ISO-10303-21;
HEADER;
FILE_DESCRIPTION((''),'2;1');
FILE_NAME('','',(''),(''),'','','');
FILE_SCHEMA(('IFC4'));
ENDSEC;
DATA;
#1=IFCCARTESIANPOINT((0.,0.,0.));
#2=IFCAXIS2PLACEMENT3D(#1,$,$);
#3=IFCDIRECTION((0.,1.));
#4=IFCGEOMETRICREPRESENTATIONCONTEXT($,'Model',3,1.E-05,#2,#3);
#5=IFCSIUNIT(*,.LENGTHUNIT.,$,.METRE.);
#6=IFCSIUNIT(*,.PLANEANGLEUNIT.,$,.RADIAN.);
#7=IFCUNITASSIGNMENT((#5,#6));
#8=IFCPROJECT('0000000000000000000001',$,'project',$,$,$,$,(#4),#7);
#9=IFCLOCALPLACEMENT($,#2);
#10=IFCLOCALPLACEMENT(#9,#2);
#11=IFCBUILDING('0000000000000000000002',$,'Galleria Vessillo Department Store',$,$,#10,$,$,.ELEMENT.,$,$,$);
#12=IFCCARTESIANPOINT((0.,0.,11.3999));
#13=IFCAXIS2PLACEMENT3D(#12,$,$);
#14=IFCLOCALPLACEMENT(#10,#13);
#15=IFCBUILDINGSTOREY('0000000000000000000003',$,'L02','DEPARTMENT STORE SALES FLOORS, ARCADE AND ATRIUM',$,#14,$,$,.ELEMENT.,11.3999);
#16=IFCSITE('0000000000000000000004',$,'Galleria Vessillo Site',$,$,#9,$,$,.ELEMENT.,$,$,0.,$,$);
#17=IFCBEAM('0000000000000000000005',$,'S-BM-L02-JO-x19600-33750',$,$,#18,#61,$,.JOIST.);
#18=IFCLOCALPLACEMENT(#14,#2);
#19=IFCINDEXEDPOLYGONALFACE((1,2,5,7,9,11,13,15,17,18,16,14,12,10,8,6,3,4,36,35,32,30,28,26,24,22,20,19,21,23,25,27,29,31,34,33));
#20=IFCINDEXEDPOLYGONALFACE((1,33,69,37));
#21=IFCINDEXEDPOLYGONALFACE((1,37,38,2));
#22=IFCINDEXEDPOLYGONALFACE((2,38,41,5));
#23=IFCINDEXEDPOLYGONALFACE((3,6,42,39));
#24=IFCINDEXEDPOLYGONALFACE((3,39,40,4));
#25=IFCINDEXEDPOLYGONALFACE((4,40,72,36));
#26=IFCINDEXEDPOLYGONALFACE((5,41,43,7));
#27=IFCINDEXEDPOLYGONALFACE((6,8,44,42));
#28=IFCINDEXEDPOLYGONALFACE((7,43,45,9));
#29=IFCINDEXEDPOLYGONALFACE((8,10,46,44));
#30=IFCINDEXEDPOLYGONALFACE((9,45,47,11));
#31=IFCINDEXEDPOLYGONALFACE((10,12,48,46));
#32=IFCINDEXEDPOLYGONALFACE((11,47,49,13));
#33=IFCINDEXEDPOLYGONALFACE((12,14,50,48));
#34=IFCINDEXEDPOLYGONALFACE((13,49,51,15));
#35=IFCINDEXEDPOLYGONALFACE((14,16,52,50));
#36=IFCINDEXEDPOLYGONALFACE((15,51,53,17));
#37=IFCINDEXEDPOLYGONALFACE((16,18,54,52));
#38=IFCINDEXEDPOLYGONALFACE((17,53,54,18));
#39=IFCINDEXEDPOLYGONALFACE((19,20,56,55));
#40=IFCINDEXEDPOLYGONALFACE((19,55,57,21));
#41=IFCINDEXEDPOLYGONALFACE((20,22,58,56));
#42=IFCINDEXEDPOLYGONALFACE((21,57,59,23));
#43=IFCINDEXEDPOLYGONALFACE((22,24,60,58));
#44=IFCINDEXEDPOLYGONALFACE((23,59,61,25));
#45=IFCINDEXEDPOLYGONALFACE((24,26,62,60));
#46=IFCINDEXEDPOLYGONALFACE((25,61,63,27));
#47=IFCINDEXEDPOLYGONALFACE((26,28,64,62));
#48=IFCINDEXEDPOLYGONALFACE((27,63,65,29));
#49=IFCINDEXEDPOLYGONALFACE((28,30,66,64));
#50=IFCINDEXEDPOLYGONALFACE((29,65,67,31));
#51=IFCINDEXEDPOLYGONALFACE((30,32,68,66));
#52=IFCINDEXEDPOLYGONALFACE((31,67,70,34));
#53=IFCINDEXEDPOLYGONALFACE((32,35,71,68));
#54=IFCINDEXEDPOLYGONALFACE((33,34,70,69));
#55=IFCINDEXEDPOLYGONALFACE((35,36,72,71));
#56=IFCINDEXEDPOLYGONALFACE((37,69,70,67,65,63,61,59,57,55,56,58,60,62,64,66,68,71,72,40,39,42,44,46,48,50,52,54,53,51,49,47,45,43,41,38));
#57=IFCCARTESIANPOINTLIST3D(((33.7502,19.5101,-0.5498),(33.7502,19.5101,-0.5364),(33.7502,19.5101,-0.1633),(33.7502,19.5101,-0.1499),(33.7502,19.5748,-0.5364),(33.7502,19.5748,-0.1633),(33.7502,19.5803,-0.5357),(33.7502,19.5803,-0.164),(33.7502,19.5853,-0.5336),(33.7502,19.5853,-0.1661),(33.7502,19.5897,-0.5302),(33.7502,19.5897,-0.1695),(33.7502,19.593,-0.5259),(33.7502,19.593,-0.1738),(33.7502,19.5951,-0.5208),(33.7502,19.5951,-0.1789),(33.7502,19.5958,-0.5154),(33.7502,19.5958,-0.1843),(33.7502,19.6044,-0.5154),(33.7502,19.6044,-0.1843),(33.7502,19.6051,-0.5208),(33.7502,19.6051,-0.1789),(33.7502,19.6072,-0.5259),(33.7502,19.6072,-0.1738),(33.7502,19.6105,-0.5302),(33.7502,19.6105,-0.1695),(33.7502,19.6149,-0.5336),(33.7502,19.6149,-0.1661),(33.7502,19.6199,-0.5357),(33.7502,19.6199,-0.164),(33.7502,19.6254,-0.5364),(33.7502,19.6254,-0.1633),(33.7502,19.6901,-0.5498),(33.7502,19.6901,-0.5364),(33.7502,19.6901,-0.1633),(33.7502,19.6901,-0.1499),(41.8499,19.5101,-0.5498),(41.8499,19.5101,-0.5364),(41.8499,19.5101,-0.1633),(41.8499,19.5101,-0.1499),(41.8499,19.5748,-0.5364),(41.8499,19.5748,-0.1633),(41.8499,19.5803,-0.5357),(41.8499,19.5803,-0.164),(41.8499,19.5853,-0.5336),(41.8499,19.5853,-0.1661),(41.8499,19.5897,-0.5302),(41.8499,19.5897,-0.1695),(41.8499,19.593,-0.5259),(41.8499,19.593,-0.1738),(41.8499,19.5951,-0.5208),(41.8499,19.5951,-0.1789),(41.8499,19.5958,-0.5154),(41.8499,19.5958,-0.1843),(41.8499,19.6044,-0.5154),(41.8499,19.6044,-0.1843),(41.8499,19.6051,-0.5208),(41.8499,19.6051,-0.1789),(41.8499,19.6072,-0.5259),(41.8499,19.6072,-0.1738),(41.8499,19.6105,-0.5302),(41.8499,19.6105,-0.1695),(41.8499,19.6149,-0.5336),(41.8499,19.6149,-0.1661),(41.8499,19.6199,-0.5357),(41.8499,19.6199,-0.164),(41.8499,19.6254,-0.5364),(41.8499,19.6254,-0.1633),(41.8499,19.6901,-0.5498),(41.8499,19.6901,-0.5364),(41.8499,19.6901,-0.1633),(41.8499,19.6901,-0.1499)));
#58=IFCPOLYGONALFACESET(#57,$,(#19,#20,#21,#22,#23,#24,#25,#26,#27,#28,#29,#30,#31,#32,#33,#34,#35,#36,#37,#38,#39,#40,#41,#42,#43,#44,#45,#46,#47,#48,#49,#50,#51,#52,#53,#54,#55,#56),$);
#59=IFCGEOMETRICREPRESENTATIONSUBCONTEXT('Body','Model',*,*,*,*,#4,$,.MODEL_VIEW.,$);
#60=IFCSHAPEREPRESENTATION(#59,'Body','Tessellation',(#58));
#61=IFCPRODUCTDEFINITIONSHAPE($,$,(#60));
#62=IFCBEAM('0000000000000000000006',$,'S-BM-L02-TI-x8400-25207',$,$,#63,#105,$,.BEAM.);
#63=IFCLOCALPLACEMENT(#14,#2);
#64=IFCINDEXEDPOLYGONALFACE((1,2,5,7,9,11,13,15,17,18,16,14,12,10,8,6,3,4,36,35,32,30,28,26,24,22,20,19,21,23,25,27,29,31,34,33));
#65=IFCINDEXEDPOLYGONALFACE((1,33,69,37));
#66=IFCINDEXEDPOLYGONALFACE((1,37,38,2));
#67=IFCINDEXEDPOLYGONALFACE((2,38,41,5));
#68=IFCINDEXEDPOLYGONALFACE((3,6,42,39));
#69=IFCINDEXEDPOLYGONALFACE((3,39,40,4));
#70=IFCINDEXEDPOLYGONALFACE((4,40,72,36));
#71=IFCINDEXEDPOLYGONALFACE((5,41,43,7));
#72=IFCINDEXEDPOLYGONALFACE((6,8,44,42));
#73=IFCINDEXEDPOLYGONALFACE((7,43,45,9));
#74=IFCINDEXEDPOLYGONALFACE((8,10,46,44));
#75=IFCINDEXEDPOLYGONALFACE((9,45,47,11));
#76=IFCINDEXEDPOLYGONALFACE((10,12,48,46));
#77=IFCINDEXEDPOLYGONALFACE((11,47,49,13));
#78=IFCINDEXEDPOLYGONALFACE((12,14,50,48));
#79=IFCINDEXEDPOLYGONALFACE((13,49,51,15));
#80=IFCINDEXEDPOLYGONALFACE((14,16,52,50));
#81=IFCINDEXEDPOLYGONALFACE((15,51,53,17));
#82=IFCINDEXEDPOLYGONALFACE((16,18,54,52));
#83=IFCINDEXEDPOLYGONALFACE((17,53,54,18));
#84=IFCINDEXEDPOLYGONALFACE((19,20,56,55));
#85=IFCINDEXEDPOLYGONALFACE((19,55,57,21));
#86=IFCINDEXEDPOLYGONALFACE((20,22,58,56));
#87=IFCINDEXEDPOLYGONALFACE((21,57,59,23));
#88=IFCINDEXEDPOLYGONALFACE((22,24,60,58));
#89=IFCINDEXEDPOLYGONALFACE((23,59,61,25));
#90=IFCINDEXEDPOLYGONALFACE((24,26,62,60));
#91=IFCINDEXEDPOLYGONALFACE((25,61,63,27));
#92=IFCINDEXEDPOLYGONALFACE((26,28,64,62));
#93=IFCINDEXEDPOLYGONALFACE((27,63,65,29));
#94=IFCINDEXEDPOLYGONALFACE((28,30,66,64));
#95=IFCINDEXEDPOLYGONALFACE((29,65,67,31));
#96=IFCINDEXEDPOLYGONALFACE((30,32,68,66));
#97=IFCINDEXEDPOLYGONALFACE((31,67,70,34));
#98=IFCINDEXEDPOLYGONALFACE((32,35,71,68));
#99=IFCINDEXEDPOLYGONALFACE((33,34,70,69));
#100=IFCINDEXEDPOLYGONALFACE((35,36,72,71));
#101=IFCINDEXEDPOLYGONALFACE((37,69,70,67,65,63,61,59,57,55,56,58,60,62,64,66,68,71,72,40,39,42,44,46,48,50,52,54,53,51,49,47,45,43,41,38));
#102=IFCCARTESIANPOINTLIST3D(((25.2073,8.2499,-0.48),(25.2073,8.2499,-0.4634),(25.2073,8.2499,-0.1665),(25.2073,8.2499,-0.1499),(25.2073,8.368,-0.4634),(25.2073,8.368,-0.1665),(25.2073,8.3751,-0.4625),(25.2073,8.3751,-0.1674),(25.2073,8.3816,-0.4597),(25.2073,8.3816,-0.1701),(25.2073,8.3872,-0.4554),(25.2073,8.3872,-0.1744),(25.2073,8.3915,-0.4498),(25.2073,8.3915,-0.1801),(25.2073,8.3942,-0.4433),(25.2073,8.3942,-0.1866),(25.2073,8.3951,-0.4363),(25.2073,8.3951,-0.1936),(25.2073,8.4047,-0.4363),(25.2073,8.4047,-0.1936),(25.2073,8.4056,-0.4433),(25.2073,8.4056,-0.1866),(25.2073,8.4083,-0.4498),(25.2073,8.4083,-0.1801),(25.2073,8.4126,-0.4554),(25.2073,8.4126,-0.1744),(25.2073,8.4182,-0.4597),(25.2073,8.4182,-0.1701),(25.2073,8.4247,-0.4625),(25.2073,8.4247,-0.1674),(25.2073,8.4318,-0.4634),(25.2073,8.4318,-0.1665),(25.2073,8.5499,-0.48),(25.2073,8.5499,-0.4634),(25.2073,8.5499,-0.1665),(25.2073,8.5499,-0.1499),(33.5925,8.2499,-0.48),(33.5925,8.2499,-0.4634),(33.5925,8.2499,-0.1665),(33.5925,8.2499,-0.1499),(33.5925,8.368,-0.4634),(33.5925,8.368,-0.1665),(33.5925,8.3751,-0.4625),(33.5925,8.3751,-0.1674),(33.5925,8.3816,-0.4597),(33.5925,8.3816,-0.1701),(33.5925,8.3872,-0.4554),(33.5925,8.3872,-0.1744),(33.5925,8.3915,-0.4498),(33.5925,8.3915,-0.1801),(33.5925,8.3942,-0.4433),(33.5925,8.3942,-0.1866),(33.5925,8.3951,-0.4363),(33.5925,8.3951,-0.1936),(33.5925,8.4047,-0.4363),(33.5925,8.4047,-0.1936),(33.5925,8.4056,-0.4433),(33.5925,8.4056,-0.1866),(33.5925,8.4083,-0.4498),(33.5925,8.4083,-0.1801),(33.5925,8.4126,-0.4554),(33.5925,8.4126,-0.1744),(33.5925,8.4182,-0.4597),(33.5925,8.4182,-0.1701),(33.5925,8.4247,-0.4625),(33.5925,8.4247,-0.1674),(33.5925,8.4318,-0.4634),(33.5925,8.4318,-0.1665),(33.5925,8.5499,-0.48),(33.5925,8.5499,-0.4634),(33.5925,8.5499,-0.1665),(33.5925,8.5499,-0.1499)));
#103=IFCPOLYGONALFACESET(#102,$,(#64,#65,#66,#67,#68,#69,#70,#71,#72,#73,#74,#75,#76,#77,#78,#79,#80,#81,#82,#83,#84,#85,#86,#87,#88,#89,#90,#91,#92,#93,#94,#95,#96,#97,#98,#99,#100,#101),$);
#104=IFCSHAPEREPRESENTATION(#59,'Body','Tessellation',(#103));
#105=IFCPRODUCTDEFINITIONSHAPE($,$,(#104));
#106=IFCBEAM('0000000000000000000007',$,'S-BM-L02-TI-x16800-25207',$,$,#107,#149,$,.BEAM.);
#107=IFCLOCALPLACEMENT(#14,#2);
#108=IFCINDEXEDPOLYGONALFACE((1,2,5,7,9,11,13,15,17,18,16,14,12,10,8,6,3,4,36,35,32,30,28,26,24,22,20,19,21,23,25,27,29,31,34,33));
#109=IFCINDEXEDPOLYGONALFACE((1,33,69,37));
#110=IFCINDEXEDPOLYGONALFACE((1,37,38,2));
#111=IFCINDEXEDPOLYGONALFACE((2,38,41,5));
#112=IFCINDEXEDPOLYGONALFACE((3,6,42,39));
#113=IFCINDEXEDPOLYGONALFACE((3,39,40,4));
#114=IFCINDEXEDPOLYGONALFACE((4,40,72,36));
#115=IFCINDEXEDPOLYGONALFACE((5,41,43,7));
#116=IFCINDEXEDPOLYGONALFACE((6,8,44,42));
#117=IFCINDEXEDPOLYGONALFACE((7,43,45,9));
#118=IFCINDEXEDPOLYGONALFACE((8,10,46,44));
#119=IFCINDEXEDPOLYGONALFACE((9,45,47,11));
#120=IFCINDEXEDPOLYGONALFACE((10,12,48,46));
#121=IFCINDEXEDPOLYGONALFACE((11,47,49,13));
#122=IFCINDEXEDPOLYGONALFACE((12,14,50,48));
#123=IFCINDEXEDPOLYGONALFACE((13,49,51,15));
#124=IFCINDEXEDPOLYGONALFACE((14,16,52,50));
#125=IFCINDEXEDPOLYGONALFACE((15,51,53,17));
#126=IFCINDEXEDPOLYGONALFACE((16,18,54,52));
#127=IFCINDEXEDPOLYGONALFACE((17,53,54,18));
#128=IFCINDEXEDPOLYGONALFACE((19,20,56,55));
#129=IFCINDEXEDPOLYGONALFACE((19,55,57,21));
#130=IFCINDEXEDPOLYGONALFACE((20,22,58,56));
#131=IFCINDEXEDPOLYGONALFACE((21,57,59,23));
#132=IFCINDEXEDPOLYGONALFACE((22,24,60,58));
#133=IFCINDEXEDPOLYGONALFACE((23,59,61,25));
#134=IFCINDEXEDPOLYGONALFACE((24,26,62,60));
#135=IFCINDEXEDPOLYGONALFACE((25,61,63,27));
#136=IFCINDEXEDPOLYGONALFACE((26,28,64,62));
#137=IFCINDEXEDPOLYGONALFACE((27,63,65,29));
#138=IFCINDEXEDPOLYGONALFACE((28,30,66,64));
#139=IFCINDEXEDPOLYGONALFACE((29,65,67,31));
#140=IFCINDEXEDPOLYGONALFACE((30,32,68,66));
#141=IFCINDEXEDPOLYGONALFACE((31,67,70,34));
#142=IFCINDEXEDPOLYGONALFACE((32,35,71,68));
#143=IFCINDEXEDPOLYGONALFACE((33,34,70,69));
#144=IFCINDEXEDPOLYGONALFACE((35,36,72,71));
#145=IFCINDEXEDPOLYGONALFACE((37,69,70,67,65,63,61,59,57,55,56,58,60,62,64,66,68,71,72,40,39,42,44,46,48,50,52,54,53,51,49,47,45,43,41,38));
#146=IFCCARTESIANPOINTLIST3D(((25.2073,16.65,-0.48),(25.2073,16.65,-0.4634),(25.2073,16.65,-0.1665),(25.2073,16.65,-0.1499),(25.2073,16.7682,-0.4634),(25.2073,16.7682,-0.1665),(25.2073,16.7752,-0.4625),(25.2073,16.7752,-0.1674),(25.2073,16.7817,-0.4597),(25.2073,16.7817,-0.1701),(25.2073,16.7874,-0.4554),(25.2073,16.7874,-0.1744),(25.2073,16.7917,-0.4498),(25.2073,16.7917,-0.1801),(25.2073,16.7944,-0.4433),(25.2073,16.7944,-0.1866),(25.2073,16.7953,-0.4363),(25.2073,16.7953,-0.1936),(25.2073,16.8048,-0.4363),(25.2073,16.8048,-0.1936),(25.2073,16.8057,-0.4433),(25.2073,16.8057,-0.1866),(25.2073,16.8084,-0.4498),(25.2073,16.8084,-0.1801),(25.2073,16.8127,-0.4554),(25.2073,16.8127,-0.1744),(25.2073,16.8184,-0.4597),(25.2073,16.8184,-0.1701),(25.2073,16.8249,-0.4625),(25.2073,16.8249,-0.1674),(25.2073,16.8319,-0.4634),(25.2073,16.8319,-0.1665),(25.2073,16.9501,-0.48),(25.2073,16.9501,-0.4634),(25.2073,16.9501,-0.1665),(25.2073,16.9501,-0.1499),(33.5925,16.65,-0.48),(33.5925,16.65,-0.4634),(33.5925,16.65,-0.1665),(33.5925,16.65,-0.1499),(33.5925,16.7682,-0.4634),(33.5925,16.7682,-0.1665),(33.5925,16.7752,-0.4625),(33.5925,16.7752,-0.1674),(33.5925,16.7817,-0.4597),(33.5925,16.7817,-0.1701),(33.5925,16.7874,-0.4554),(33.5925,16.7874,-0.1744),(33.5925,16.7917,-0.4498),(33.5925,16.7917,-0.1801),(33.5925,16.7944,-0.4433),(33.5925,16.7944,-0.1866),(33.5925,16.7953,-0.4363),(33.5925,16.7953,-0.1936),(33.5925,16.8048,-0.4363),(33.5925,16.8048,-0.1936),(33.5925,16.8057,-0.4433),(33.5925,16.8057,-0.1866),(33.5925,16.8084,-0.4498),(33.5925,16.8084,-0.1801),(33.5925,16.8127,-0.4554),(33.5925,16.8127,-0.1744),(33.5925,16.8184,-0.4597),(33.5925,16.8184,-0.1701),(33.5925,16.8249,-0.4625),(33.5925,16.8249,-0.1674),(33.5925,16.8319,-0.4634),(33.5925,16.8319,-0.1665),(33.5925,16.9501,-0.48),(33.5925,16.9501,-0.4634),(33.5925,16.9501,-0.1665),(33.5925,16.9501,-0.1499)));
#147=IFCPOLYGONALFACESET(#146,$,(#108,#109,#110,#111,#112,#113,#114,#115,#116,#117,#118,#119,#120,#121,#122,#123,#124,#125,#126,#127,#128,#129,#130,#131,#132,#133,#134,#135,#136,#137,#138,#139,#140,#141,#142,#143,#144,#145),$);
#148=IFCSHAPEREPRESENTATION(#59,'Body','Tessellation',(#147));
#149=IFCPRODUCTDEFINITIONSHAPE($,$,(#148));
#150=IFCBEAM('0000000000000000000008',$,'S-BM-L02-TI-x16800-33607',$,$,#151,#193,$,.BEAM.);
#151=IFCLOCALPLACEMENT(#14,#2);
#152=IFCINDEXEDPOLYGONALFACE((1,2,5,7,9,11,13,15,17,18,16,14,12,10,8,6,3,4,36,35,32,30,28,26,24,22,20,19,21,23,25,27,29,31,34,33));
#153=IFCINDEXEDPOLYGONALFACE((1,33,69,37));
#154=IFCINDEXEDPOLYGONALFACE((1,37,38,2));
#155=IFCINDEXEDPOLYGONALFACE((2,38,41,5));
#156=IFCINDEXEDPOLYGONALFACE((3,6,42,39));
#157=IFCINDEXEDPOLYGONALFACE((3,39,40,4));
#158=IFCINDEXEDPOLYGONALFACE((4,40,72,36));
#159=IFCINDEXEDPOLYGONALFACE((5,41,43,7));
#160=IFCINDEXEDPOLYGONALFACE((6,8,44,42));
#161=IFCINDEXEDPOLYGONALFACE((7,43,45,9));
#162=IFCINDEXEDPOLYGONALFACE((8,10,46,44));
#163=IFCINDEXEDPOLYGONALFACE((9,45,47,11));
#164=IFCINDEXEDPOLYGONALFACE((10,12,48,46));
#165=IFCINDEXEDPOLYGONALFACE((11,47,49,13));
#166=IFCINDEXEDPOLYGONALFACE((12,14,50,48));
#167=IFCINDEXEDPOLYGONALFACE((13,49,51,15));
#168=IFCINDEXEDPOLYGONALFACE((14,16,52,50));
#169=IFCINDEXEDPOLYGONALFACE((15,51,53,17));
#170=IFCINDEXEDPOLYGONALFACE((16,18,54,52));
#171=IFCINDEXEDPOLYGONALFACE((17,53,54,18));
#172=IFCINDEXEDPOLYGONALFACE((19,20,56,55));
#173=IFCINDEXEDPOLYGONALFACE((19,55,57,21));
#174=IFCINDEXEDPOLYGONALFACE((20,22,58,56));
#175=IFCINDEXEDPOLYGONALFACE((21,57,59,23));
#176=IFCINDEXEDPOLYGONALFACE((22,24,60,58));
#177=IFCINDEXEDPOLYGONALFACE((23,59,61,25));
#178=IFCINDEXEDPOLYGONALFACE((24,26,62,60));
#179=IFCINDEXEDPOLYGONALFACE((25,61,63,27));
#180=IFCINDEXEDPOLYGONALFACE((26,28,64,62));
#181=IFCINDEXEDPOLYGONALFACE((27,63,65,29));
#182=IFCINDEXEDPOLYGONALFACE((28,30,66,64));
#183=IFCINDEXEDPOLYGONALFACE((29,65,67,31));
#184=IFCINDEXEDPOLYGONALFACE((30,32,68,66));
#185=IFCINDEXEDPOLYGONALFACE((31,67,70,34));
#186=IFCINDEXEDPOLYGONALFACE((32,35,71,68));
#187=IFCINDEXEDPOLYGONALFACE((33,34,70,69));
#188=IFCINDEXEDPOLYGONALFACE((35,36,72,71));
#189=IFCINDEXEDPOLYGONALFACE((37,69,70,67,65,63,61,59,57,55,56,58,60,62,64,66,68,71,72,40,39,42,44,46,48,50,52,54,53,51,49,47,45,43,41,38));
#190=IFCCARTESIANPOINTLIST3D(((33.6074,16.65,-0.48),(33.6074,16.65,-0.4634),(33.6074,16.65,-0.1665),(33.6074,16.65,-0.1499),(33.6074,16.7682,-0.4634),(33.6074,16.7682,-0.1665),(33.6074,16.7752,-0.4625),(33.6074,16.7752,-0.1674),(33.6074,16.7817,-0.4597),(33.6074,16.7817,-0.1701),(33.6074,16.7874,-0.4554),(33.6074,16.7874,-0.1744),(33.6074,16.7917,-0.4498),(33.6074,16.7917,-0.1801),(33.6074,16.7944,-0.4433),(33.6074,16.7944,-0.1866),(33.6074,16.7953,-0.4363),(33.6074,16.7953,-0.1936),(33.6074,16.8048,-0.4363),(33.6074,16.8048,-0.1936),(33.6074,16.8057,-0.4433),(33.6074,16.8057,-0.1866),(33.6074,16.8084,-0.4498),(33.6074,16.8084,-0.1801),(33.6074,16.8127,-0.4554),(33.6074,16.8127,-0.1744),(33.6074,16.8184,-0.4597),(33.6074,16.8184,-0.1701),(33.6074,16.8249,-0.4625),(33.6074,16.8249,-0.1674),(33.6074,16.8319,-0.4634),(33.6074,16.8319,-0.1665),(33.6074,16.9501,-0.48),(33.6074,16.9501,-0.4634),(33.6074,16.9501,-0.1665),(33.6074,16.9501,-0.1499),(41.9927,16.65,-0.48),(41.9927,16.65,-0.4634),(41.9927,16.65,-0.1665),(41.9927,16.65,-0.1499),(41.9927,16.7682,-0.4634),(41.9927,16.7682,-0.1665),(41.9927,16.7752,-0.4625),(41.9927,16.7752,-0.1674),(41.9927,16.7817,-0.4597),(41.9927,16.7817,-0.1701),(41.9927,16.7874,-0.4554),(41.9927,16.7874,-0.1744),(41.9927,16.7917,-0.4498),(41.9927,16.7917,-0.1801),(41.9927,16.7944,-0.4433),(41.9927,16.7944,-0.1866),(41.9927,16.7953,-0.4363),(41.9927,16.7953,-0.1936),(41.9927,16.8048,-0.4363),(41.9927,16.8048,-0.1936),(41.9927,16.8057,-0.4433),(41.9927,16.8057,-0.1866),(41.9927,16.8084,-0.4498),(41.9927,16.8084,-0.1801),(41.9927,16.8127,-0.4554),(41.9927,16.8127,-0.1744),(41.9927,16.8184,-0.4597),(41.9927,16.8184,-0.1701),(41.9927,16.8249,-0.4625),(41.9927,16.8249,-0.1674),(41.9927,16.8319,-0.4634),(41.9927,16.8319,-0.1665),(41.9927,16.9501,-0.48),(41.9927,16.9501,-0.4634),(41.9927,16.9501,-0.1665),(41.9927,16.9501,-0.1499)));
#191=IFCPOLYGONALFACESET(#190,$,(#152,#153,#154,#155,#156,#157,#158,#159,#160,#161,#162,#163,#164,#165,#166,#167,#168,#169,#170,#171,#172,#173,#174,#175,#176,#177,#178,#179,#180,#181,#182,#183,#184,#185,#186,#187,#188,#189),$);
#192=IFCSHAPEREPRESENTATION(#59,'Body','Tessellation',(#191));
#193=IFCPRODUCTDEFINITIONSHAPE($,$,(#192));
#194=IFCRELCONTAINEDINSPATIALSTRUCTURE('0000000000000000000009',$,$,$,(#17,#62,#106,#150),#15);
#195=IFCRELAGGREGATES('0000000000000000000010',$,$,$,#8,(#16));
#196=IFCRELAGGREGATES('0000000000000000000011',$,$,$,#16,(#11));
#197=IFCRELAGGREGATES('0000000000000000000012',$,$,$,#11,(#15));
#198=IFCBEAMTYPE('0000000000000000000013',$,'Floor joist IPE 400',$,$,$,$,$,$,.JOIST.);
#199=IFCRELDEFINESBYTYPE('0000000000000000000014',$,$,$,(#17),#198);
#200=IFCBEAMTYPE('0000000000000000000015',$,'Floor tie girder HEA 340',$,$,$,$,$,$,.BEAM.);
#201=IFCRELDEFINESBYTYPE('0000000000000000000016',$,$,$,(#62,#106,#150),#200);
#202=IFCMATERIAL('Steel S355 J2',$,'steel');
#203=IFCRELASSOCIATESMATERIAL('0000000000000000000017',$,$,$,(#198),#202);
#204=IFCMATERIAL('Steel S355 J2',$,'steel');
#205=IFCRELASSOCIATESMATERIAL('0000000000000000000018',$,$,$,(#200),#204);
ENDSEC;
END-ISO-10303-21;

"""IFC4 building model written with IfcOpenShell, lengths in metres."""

from ifc_helpers import new_model, si_unit, direction, frame, origin, origin_2d, place, context, subcontext, project, spatial, i_section, extrude, material, material_profile, profile_set, type_object, element, save


model = new_model("IFC4")

# Units and contexts
model_context = context("Model", 3, precision=1e-05, world=origin(), true_north=direction((0.0, 1.0)))
body_context = subcontext(model_context, "Body", "Model", "MODEL_VIEW")
ifc_project = project(units=[si_unit("LENGTHUNIT", "METRE"), si_unit("PLANEANGLEUNIT", "RADIAN")], contexts=[model_context])

# Site, building, storey
site_placement = place(None, origin())
site = spatial("IfcSite", under=ifc_project, at=site_placement, Name="Galleria Vessillo Site", CompositionType="ELEMENT", RefElevation=0.0)
building_placement = place(site_placement, origin())
building = spatial("IfcBuilding", under=site, at=building_placement, Name="Galleria Vessillo Department Store", CompositionType="ELEMENT")
storey_placement = place(building_placement, frame((0.0, 0.0, 11.3999)))
storey = spatial("IfcBuildingStorey", under=building, at=storey_placement, Name="L02", Description="DEPARTMENT STORE SALES FLOORS, ARCADE AND ATRIUM", CompositionType="ELEMENT", Elevation=11.3999)

# Beams
ifc_material_1 = material(Name="Steel S355 J2", Category="steel")
ifc_material_profile_1 = material_profile(ifc_material_1, i_section(OverallWidth=0.1799, OverallDepth=0.3999, WebThickness=0.0085, FlangeThickness=0.0134, FilletRadius=0.021, at=origin_2d()), Name="IPE 400")
ifc_profile_set_1 = profile_set([ifc_material_profile_1], Name="Steel S355 J2")
beam_type_1 = type_object("IfcBeamType", Name="Floor joist IPE 400", PredefinedType="JOIST", material=ifc_profile_set_1)
for number, where, z_axis, x_axis, name in (
    (1, (33.7502, 19.6001, -0.3499), (1.0, 0.0, 0.0), (0.0, 1.0, 0.0), "S-BM-L02-JO-x19600-33750"),
):
    element("IfcBeam", number, at=place(storey_placement, frame(where, z_axis=z_axis, x_axis=x_axis)), inside=storey, type_object=beam_type_1, Name=name, PredefinedType="JOIST", context=body_context, shape_type="SweptSolid", body=[
        extrude(i_section(OverallWidth=0.1799, OverallDepth=0.3999, WebThickness=0.0085, FlangeThickness=0.0134, FilletRadius=0.021, at=origin_2d()), origin(), (0.0, 0.0, 1.0), 8.0996),
    ])
ifc_material_2 = material(Name="Steel S355 J2", Category="steel")
ifc_material_profile_2 = material_profile(ifc_material_2, i_section(OverallWidth=0.3, OverallDepth=0.3301, WebThickness=0.0095, FlangeThickness=0.0166, FilletRadius=0.0271, at=origin_2d()), Name="HEA 340")
ifc_profile_set_2 = profile_set([ifc_material_profile_2], Name="Steel S355 J2")
beam_type_2 = type_object("IfcBeamType", Name="Floor tie girder HEA 340", PredefinedType="BEAM", material=ifc_profile_set_2)
for number, where, z_axis, x_axis, name in (
    (2, (25.2073, 8.3999, -0.3149), (1.0, 0.0, 0.0), (0.0, 1.0, 0.0), "S-BM-L02-TI-x8400-25207"),
    (3, (25.2073, 16.8, -0.3149), (1.0, 0.0, 0.0), (0.0, 1.0, 0.0), "S-BM-L02-TI-x16800-25207"),
    (4, (33.6074, 16.8, -0.3149), (1.0, 0.0, 0.0), (0.0, 1.0, 0.0), "S-BM-L02-TI-x16800-33607"),
):
    element("IfcBeam", number, at=place(storey_placement, frame(where, z_axis=z_axis, x_axis=x_axis)), inside=storey, type_object=beam_type_2, Name=name, PredefinedType="BEAM", context=body_context, shape_type="SweptSolid", body=[
        extrude(i_section(OverallWidth=0.3, OverallDepth=0.3301, WebThickness=0.0095, FlangeThickness=0.0166, FilletRadius=0.0271, at=origin_2d()), origin(), (0.0, 0.0, 1.0), 8.3853),
    ])

save(model, "model.ifc")
